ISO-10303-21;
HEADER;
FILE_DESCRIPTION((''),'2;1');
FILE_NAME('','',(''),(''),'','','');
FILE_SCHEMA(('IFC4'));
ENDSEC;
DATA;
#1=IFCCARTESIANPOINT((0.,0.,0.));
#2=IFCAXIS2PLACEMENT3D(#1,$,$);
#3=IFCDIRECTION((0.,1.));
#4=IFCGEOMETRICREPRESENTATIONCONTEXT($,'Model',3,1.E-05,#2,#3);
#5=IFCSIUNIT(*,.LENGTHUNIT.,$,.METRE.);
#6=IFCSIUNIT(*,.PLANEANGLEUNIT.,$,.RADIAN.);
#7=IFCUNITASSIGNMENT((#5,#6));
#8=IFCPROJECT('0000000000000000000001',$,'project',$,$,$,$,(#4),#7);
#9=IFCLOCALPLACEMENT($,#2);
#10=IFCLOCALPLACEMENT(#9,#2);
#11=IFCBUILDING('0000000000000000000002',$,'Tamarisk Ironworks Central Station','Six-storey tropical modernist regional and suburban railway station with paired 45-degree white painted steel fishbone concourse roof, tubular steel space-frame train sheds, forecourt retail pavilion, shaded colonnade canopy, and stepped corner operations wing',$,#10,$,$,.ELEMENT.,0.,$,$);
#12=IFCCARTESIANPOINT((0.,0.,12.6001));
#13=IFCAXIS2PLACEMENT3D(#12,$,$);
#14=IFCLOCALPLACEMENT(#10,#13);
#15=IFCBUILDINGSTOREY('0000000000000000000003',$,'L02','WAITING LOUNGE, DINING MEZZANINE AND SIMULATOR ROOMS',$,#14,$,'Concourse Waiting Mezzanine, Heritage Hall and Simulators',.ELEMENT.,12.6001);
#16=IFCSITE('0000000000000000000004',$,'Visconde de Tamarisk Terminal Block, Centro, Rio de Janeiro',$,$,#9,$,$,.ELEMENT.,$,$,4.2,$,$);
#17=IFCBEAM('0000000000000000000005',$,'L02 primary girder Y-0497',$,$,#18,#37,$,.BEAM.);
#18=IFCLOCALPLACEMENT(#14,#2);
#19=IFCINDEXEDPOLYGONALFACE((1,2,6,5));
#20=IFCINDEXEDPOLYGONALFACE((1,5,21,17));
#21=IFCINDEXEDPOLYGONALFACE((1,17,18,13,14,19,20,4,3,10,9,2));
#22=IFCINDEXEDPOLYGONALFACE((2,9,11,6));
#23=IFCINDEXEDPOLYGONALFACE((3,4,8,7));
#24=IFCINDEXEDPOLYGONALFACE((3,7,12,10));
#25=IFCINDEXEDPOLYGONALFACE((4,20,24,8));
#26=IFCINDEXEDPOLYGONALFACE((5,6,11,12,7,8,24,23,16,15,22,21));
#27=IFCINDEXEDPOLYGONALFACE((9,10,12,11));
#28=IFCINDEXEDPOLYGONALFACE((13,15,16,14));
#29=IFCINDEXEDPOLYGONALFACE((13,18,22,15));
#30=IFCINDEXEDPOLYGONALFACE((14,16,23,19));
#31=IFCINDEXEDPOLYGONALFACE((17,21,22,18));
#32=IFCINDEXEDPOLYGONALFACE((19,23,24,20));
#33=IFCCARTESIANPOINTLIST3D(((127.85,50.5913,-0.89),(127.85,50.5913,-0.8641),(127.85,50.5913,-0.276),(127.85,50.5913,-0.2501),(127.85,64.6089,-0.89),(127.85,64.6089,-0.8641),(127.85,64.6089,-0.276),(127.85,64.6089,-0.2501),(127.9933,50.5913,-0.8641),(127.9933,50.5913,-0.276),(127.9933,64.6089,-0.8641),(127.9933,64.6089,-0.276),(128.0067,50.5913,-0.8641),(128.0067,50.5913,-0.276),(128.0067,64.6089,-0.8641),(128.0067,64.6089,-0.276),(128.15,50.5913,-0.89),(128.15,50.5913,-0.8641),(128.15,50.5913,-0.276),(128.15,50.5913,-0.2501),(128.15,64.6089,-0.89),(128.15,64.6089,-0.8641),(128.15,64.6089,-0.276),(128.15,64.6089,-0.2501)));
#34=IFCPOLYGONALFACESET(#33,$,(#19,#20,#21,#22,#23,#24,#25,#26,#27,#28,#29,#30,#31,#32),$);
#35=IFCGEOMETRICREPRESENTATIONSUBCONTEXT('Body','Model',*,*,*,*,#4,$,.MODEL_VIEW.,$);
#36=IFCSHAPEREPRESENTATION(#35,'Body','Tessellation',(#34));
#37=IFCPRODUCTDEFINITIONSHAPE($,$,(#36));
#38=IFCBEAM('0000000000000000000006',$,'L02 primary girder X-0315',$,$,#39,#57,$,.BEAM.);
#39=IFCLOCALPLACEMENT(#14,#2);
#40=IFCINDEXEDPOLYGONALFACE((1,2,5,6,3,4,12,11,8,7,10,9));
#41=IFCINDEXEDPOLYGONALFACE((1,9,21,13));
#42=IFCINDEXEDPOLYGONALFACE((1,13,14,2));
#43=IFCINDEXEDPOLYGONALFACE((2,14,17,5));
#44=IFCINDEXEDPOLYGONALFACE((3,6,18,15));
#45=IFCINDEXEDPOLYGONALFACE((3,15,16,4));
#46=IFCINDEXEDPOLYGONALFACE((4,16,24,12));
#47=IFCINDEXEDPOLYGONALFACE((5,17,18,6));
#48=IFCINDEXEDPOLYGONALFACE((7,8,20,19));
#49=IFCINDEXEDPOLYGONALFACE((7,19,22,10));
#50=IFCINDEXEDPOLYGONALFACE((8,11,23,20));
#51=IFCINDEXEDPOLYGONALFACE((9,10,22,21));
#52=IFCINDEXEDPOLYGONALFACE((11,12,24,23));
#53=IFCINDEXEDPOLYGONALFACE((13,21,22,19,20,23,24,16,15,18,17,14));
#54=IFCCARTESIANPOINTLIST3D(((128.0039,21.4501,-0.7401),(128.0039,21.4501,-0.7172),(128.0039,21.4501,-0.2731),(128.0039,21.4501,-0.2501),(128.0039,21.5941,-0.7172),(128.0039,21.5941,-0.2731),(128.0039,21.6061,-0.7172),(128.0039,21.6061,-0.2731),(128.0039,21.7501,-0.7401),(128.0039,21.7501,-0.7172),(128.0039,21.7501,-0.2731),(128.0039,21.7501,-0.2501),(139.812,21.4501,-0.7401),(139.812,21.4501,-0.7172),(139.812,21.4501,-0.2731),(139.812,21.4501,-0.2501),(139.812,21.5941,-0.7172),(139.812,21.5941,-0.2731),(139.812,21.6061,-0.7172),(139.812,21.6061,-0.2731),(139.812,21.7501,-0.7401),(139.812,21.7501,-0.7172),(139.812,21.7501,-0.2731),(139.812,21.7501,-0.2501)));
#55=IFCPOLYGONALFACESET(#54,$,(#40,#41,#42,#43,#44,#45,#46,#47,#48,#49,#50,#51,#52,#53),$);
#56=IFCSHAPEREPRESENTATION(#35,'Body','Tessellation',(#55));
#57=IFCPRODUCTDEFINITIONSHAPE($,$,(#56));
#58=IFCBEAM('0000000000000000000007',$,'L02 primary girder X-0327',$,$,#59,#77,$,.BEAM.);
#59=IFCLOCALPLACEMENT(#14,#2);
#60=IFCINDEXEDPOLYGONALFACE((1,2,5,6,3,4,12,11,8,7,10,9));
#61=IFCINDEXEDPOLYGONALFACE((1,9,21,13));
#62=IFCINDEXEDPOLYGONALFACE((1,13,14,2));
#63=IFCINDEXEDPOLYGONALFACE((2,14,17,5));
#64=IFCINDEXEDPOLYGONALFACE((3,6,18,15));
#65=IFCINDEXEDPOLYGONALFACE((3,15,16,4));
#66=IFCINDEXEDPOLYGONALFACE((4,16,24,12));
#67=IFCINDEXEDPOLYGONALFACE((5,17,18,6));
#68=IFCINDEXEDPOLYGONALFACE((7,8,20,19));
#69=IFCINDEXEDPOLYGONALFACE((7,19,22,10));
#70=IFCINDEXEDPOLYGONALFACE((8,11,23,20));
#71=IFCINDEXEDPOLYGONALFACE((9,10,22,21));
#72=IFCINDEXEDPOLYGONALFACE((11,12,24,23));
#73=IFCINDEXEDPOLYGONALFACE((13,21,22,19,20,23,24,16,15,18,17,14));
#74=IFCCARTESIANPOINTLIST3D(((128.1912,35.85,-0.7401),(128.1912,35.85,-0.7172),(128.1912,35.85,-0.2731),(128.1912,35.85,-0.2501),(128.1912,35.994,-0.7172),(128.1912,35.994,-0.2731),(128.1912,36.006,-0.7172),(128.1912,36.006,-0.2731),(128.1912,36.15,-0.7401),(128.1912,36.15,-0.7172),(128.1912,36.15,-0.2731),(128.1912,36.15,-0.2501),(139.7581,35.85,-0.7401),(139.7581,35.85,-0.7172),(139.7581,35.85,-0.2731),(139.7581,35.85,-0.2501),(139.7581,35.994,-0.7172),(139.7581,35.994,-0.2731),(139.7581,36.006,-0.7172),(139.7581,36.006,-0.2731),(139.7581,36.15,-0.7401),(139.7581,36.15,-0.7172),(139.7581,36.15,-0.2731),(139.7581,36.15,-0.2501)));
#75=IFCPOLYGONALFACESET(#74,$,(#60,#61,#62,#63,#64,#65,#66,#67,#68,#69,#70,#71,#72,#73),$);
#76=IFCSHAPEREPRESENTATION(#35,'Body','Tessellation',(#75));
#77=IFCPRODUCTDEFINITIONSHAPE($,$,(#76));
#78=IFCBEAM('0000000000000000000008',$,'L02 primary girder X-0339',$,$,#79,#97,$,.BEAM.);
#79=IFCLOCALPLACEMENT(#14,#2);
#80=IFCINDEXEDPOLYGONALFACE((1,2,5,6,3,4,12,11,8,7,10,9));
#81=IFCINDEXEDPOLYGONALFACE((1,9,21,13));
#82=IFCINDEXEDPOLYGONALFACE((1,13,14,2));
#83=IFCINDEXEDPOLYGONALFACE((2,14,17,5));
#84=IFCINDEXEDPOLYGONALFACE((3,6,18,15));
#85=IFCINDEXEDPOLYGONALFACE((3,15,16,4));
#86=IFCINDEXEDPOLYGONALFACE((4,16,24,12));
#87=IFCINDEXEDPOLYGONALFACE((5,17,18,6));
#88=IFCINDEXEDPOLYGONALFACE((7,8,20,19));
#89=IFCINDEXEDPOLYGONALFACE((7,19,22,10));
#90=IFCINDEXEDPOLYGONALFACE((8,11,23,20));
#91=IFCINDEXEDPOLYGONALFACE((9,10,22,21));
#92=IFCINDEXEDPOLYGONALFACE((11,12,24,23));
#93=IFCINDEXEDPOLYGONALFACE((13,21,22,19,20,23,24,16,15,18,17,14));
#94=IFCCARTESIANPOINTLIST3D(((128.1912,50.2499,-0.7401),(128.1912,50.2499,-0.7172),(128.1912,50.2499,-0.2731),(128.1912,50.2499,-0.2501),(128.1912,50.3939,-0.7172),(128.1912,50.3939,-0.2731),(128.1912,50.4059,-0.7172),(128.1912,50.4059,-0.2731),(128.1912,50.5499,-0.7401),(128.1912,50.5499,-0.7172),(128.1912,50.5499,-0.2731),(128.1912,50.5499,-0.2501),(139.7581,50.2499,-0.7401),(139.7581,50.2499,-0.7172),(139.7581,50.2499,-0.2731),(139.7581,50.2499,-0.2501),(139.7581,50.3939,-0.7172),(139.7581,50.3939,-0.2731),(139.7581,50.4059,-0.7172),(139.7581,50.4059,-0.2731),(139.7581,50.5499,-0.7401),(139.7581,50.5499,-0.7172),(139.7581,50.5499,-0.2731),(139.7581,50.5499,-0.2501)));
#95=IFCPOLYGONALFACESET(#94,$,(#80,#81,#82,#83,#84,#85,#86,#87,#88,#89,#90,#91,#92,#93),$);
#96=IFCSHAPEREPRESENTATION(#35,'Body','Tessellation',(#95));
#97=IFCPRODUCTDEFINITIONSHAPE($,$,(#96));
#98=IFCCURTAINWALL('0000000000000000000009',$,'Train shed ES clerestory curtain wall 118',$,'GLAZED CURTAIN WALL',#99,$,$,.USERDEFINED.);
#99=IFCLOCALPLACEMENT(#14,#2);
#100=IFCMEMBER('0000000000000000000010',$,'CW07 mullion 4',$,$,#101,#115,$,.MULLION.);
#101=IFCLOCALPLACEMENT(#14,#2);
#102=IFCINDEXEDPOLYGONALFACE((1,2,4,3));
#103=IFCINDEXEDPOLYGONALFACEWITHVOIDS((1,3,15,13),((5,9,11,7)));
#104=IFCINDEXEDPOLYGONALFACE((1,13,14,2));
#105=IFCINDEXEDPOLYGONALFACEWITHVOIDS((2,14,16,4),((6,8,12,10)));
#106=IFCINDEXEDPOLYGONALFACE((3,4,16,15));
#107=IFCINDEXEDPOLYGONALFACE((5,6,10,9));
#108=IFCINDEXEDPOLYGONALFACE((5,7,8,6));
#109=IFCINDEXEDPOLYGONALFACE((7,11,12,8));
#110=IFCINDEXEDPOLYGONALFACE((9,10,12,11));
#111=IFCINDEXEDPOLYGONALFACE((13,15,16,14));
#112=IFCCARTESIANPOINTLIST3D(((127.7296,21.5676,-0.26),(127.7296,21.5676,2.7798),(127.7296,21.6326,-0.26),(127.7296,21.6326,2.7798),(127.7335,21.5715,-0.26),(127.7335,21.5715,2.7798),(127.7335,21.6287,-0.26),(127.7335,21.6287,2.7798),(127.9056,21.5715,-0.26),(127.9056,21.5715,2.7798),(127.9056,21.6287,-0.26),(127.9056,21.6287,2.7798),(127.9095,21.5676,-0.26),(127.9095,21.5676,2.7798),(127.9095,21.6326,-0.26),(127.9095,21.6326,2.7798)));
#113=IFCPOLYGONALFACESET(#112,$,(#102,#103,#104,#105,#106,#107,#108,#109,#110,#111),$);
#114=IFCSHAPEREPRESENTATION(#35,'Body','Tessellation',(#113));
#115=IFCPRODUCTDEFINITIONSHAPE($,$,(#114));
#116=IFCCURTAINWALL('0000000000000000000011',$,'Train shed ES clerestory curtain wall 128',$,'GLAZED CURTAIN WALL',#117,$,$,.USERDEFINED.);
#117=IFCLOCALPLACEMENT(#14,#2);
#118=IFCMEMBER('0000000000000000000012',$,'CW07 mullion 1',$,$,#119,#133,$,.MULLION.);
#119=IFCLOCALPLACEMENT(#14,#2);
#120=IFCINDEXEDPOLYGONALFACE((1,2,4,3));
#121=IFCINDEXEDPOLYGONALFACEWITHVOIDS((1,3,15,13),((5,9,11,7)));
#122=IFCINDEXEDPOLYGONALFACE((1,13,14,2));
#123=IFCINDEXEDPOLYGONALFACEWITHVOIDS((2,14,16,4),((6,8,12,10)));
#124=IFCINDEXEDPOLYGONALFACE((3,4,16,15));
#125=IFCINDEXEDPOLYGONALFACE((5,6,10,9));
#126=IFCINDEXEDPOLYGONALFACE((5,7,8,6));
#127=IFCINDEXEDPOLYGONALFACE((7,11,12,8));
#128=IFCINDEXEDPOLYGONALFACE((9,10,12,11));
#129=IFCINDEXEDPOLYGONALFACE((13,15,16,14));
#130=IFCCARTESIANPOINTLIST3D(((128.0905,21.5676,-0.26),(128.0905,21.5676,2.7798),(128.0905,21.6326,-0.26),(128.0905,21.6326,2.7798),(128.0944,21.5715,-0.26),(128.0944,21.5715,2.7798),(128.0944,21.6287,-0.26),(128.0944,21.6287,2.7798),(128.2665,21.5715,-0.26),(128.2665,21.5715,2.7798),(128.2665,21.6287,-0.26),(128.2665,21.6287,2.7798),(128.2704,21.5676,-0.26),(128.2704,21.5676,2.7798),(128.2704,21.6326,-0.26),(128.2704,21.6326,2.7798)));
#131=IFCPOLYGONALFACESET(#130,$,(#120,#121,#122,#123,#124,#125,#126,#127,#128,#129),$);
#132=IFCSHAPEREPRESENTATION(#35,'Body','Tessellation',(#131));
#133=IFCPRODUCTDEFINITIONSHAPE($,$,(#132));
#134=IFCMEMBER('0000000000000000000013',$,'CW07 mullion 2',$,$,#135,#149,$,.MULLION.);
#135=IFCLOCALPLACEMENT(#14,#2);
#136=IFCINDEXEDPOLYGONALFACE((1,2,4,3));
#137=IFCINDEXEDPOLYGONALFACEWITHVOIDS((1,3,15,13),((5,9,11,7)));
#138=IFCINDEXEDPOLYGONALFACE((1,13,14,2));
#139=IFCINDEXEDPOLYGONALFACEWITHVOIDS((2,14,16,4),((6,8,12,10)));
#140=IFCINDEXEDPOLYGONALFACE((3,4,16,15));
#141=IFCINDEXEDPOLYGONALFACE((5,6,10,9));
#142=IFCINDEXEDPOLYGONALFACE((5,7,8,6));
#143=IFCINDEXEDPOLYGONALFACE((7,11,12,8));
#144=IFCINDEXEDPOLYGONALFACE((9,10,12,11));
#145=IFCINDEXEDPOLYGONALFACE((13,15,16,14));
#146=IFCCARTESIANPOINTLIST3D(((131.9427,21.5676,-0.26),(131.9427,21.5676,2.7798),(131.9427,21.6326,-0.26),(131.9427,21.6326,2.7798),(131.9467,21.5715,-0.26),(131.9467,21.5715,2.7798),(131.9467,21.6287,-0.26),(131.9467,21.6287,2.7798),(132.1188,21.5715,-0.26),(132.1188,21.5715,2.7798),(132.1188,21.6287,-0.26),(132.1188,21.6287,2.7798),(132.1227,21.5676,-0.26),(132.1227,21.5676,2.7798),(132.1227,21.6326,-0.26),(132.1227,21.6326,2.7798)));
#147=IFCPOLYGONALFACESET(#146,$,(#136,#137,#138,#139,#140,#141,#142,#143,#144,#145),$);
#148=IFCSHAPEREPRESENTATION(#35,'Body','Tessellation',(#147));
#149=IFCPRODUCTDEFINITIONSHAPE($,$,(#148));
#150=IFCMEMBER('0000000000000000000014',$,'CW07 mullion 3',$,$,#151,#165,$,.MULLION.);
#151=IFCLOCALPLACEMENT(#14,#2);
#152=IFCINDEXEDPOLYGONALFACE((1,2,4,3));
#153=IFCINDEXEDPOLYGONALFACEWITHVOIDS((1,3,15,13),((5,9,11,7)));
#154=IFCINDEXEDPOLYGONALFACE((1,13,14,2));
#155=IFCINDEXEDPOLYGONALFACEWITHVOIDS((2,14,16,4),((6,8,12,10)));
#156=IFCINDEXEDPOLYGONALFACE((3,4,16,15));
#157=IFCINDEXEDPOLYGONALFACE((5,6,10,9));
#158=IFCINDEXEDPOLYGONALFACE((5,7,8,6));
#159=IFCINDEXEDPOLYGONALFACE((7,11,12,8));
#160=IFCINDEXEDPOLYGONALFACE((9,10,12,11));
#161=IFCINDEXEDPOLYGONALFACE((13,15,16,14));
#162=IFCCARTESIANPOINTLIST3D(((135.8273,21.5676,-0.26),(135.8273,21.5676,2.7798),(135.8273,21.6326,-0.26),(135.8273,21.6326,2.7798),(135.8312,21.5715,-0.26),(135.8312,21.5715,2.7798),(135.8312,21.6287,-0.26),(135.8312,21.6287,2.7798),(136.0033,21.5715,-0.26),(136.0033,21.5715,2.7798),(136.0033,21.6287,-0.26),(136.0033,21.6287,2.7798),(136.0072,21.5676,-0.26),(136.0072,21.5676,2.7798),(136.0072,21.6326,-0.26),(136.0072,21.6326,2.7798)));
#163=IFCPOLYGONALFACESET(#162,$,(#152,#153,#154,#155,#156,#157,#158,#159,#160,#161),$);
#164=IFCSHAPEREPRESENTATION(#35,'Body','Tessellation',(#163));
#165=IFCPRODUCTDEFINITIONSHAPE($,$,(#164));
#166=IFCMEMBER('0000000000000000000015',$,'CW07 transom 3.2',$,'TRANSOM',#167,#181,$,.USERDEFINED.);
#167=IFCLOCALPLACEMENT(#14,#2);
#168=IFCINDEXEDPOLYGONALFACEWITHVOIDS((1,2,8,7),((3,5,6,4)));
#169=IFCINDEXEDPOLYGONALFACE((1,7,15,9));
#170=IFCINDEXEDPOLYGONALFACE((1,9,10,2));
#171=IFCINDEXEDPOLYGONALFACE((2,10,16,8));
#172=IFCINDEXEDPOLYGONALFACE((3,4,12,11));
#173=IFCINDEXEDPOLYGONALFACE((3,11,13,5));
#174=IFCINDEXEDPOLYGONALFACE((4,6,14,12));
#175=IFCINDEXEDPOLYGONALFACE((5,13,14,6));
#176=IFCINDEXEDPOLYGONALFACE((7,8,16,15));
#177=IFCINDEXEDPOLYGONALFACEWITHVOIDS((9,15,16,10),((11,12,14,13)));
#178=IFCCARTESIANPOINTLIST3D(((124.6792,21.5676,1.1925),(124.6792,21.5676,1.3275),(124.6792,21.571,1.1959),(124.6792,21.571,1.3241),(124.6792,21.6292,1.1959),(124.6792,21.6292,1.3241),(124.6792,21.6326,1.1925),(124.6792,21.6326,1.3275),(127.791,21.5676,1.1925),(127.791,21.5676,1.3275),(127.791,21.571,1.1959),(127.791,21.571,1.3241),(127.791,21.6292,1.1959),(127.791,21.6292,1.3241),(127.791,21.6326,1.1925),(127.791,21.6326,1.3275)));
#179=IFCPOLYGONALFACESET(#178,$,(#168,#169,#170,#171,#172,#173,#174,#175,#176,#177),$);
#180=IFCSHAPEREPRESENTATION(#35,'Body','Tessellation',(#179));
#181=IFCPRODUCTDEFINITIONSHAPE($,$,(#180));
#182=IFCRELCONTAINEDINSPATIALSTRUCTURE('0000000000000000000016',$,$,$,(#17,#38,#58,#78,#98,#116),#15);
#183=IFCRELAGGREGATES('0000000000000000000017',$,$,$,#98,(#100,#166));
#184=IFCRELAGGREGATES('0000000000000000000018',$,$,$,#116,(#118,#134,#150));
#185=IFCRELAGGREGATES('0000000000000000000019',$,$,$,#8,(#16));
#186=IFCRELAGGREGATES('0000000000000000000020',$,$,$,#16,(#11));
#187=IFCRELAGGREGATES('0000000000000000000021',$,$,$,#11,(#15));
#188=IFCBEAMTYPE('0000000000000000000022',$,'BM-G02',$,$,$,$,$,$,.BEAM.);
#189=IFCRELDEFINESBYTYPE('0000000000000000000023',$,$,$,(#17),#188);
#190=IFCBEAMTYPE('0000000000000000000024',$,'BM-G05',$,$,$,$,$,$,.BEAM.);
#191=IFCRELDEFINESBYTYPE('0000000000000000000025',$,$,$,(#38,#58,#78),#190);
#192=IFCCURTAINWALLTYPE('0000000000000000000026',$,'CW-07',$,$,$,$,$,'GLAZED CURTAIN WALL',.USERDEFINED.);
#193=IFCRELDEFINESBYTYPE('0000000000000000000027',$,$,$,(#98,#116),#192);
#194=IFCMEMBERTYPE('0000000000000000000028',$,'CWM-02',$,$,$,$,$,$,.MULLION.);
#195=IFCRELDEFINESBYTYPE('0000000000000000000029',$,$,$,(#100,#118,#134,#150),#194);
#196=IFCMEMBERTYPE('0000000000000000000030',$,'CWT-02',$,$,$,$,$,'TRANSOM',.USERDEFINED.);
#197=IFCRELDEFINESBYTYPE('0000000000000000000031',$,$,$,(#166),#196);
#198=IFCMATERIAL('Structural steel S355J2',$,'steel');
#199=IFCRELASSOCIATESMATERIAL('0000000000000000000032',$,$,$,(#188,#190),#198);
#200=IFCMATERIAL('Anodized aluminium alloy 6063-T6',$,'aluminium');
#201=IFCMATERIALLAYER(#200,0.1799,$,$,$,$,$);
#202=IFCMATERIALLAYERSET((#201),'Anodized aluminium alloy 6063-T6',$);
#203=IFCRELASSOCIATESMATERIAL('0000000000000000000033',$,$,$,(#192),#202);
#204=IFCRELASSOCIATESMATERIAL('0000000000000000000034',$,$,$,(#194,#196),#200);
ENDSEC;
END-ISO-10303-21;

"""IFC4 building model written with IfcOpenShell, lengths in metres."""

from ifc_helpers import new_model, si_unit, direction, frame, origin, origin_2d, place, context, subcontext, project, spatial, hollow_rectangle, i_section, extrude, material, layer, layer_set, material_profile, profile_set, type_object, element, aggregate, save


model = new_model("IFC4")

# Units and contexts
model_context = context("Model", 3, precision=1e-05, world=origin(), true_north=direction((0.0, 1.0)))
body_context = subcontext(model_context, "Body", "Model", "MODEL_VIEW")
ifc_project = project(units=[si_unit("LENGTHUNIT", "METRE"), si_unit("PLANEANGLEUNIT", "RADIAN")], contexts=[model_context])

# Site, building, storey
site_placement = place(None, origin())
site = spatial("IfcSite", under=ifc_project, at=site_placement, Name="Visconde de Tamarisk Terminal Block, Centro, Rio de Janeiro", CompositionType="ELEMENT", RefElevation=4.2)
building_placement = place(site_placement, origin())
building = spatial("IfcBuilding", under=site, at=building_placement, Name="Tamarisk Ironworks Central Station", Description="Six-storey tropical modernist regional and suburban railway station with paired 45-degree white painted steel fishbone concourse roof, tubular steel space-frame train sheds, forecourt retail pavilion, shaded colonnade canopy, and stepped corner operations wing", CompositionType="ELEMENT", ElevationOfRefHeight=0.0)
storey_placement = place(building_placement, frame((0.0, 0.0, 12.6001)))
storey = spatial("IfcBuildingStorey", under=building, at=storey_placement, Name="L02", Description="WAITING LOUNGE, DINING MEZZANINE AND SIMULATOR ROOMS", LongName="Concourse Waiting Mezzanine, Heritage Hall and Simulators", CompositionType="ELEMENT", Elevation=12.6001)

# Shared definitions
ifc_material_1 = material(Name="Structural steel S355J2", Category="steel")

# Beams
ifc_material_profile_1 = material_profile(ifc_material_1, i_section(OverallWidth=0.3, OverallDepth=0.6399, WebThickness=0.0134, FlangeThickness=0.0259, at=origin_2d()), Name="HEA 650")
ifc_profile_set_1 = profile_set([ifc_material_profile_1], Name="Structural steel S355J2")
beam_type_1 = type_object("IfcBeamType", Name="BM-G02", PredefinedType="BEAM", material=ifc_profile_set_1)
for number, where, z_axis, x_axis, name in (
    (1, (128.0, 50.5913, -0.5701), (0.0, 1.0, 0.0), (-1.0, 0.0, 0.0), "L02 primary girder Y-0497"),
):
    element("IfcBeam", number, at=place(storey_placement, frame(where, z_axis=z_axis, x_axis=x_axis)), inside=storey, type_object=beam_type_1, Name=name, PredefinedType="BEAM", context=body_context, shape_type="SweptSolid", body=[
        extrude(i_section(OverallWidth=0.3, OverallDepth=0.6399, WebThickness=0.0134, FlangeThickness=0.0259, at=origin_2d()), origin(), (0.0, 0.0, 1.0), 14.0176),
    ])
ifc_material_profile_2 = material_profile(ifc_material_1, i_section(OverallWidth=0.3, OverallDepth=0.49, WebThickness=0.012, FlangeThickness=0.0229, at=origin_2d()), Name="HEA 500")
ifc_profile_set_2 = profile_set([ifc_material_profile_2], Name="Structural steel S355J2")
beam_type_2 = type_object("IfcBeamType", Name="BM-G05", PredefinedType="BEAM", material=ifc_profile_set_2)
beam_1_placement = place(storey_placement, frame((128.0039, 21.6001, -0.4951), z_axis=(1.0, 0.0, 0.0), x_axis=(0.0, 1.0, 0.0)))
element("IfcBeam", 2, at=beam_1_placement, inside=storey, type_object=beam_type_2, Name="L02 primary girder X-0315", PredefinedType="BEAM", context=body_context, shape_type="SweptSolid", body=[
    extrude(i_section(OverallWidth=0.3, OverallDepth=0.49, WebThickness=0.012, FlangeThickness=0.0229, at=origin_2d()), origin(), (0.0, 0.0, 1.0), 11.8081),
])
for number, where, z_axis, x_axis, name in (
    (3, (128.1912, 36.0, -0.4951), (1.0, 0.0, 0.0), (0.0, 1.0, 0.0), "L02 primary girder X-0327"),
    (4, (128.1912, 50.3999, -0.4951), (1.0, 0.0, 0.0), (0.0, 1.0, 0.0), "L02 primary girder X-0339"),
):
    element("IfcBeam", number, at=place(storey_placement, frame(where, z_axis=z_axis, x_axis=x_axis)), inside=storey, type_object=beam_type_2, Name=name, PredefinedType="BEAM", context=body_context, shape_type="SweptSolid", body=[
        extrude(i_section(OverallWidth=0.3, OverallDepth=0.49, WebThickness=0.012, FlangeThickness=0.0229, at=origin_2d()), origin(), (0.0, 0.0, 1.0), 11.5669),
    ])

# Curtain wall, member
ifc_material_2 = material(Name="Anodized aluminium alloy 6063-T6", Category="aluminium")
ifc_layer_1 = layer(ifc_material_2, 0.1799)
ifc_layer_set_1 = layer_set([ifc_layer_1], Name="Anodized aluminium alloy 6063-T6")
curtain_wall_type = type_object("IfcCurtainWallType", Name="CW-07", ElementType="GLAZED CURTAIN WALL", PredefinedType="USERDEFINED", material=ifc_layer_set_1)
curtain_wall_1_placement = place(storey_placement, origin())
curtain_wall_1 = element("IfcCurtainWall", 5, at=curtain_wall_1_placement, inside=storey, type_object=curtain_wall_type, Name="Train shed ES clerestory curtain wall 118", ObjectType="GLAZED CURTAIN WALL", PredefinedType="USERDEFINED")
ifc_material_profile_3 = material_profile(ifc_material_2, hollow_rectangle(XDim=0.0649, YDim=0.1799, WallThickness=0.0039, at=origin_2d()), Name="ALUM 180x65")
ifc_profile_set_3 = profile_set([ifc_material_profile_3], Name="Anodized aluminium alloy 6063-T6")
member_type_1 = type_object("IfcMemberType", Name="CWM-02", PredefinedType="MULLION", material=ifc_profile_set_3)
member_1_placement = place(storey_placement, frame((127.8196, 21.6001, -0.26), z_axis=(0.0, 0.0, 1.0), x_axis=(0.0, 1.0, 0.0)))
member_1 = element("IfcMember", 6, at=member_1_placement, type_object=member_type_1, Name="CW07 mullion 4", PredefinedType="MULLION", context=body_context, shape_type="SweptSolid", body=[
    extrude(hollow_rectangle(XDim=0.0649, YDim=0.1799, WallThickness=0.0039, at=origin_2d()), origin(), (0.0, 0.0, 1.0), 3.0398),
])

# Curtain wall, members
curtain_wall_2_placement = place(storey_placement, origin())
curtain_wall_2 = element("IfcCurtainWall", 7, at=curtain_wall_2_placement, inside=storey, type_object=curtain_wall_type, Name="Train shed ES clerestory curtain wall 128", ObjectType="GLAZED CURTAIN WALL", PredefinedType="USERDEFINED")
member_2_placement = place(storey_placement, frame((128.1804, 21.6001, -0.26), z_axis=(0.0, 0.0, 1.0), x_axis=(0.0, 1.0, 0.0)))
member_2 = element("IfcMember", 8, at=member_2_placement, type_object=member_type_1, Name="CW07 mullion 1", PredefinedType="MULLION", context=body_context, shape_type="SweptSolid", body=[
    extrude(hollow_rectangle(XDim=0.0649, YDim=0.1799, WallThickness=0.0039, at=origin_2d()), origin(), (0.0, 0.0, 1.0), 3.0398),
])
member_3_placement = place(storey_placement, frame((132.0327, 21.6001, -0.26), z_axis=(0.0, 0.0, 1.0), x_axis=(0.0, 1.0, 0.0)))
member_3 = element("IfcMember", 9, at=member_3_placement, type_object=member_type_1, Name="CW07 mullion 2", PredefinedType="MULLION", context=body_context, shape_type="SweptSolid", body=[
    extrude(hollow_rectangle(XDim=0.0649, YDim=0.1799, WallThickness=0.0039, at=origin_2d()), origin(), (0.0, 0.0, 1.0), 3.0398),
])
member_4_placement = place(storey_placement, frame((135.9172, 21.6001, -0.26), z_axis=(0.0, 0.0, 1.0), x_axis=(0.0, 1.0, 0.0)))
member_4 = element("IfcMember", 10, at=member_4_placement, type_object=member_type_1, Name="CW07 mullion 3", PredefinedType="MULLION", context=body_context, shape_type="SweptSolid", body=[
    extrude(hollow_rectangle(XDim=0.0649, YDim=0.1799, WallThickness=0.0039, at=origin_2d()), origin(), (0.0, 0.0, 1.0), 3.0398),
])

# Member
ifc_material_profile_4 = material_profile(ifc_material_2, hollow_rectangle(XDim=0.0649, YDim=0.135, WallThickness=0.0034, at=origin_2d()), Name="ALUM 135x65")
ifc_profile_set_4 = profile_set([ifc_material_profile_4], Name="Anodized aluminium alloy 6063-T6")
member_type_2 = type_object("IfcMemberType", Name="CWT-02", ElementType="TRANSOM", PredefinedType="USERDEFINED", material=ifc_profile_set_4)
member_5_placement = place(storey_placement, frame((124.6792, 21.6001, 1.26), z_axis=(1.0, 0.0, 0.0), x_axis=(0.0, 1.0, 0.0)))
member_5 = element("IfcMember", 11, at=member_5_placement, type_object=member_type_2, Name="CW07 transom 3.2", ObjectType="TRANSOM", PredefinedType="USERDEFINED", context=body_context, shape_type="SweptSolid", body=[
    extrude(hollow_rectangle(XDim=0.0649, YDim=0.135, WallThickness=0.0034, at=origin_2d()), origin(), (0.0, 0.0, 1.0), 3.1118),
])

aggregate(curtain_wall_1, [member_1, member_5])
aggregate(curtain_wall_2, [member_2, member_3, member_4])

save(model, "model.ifc")
